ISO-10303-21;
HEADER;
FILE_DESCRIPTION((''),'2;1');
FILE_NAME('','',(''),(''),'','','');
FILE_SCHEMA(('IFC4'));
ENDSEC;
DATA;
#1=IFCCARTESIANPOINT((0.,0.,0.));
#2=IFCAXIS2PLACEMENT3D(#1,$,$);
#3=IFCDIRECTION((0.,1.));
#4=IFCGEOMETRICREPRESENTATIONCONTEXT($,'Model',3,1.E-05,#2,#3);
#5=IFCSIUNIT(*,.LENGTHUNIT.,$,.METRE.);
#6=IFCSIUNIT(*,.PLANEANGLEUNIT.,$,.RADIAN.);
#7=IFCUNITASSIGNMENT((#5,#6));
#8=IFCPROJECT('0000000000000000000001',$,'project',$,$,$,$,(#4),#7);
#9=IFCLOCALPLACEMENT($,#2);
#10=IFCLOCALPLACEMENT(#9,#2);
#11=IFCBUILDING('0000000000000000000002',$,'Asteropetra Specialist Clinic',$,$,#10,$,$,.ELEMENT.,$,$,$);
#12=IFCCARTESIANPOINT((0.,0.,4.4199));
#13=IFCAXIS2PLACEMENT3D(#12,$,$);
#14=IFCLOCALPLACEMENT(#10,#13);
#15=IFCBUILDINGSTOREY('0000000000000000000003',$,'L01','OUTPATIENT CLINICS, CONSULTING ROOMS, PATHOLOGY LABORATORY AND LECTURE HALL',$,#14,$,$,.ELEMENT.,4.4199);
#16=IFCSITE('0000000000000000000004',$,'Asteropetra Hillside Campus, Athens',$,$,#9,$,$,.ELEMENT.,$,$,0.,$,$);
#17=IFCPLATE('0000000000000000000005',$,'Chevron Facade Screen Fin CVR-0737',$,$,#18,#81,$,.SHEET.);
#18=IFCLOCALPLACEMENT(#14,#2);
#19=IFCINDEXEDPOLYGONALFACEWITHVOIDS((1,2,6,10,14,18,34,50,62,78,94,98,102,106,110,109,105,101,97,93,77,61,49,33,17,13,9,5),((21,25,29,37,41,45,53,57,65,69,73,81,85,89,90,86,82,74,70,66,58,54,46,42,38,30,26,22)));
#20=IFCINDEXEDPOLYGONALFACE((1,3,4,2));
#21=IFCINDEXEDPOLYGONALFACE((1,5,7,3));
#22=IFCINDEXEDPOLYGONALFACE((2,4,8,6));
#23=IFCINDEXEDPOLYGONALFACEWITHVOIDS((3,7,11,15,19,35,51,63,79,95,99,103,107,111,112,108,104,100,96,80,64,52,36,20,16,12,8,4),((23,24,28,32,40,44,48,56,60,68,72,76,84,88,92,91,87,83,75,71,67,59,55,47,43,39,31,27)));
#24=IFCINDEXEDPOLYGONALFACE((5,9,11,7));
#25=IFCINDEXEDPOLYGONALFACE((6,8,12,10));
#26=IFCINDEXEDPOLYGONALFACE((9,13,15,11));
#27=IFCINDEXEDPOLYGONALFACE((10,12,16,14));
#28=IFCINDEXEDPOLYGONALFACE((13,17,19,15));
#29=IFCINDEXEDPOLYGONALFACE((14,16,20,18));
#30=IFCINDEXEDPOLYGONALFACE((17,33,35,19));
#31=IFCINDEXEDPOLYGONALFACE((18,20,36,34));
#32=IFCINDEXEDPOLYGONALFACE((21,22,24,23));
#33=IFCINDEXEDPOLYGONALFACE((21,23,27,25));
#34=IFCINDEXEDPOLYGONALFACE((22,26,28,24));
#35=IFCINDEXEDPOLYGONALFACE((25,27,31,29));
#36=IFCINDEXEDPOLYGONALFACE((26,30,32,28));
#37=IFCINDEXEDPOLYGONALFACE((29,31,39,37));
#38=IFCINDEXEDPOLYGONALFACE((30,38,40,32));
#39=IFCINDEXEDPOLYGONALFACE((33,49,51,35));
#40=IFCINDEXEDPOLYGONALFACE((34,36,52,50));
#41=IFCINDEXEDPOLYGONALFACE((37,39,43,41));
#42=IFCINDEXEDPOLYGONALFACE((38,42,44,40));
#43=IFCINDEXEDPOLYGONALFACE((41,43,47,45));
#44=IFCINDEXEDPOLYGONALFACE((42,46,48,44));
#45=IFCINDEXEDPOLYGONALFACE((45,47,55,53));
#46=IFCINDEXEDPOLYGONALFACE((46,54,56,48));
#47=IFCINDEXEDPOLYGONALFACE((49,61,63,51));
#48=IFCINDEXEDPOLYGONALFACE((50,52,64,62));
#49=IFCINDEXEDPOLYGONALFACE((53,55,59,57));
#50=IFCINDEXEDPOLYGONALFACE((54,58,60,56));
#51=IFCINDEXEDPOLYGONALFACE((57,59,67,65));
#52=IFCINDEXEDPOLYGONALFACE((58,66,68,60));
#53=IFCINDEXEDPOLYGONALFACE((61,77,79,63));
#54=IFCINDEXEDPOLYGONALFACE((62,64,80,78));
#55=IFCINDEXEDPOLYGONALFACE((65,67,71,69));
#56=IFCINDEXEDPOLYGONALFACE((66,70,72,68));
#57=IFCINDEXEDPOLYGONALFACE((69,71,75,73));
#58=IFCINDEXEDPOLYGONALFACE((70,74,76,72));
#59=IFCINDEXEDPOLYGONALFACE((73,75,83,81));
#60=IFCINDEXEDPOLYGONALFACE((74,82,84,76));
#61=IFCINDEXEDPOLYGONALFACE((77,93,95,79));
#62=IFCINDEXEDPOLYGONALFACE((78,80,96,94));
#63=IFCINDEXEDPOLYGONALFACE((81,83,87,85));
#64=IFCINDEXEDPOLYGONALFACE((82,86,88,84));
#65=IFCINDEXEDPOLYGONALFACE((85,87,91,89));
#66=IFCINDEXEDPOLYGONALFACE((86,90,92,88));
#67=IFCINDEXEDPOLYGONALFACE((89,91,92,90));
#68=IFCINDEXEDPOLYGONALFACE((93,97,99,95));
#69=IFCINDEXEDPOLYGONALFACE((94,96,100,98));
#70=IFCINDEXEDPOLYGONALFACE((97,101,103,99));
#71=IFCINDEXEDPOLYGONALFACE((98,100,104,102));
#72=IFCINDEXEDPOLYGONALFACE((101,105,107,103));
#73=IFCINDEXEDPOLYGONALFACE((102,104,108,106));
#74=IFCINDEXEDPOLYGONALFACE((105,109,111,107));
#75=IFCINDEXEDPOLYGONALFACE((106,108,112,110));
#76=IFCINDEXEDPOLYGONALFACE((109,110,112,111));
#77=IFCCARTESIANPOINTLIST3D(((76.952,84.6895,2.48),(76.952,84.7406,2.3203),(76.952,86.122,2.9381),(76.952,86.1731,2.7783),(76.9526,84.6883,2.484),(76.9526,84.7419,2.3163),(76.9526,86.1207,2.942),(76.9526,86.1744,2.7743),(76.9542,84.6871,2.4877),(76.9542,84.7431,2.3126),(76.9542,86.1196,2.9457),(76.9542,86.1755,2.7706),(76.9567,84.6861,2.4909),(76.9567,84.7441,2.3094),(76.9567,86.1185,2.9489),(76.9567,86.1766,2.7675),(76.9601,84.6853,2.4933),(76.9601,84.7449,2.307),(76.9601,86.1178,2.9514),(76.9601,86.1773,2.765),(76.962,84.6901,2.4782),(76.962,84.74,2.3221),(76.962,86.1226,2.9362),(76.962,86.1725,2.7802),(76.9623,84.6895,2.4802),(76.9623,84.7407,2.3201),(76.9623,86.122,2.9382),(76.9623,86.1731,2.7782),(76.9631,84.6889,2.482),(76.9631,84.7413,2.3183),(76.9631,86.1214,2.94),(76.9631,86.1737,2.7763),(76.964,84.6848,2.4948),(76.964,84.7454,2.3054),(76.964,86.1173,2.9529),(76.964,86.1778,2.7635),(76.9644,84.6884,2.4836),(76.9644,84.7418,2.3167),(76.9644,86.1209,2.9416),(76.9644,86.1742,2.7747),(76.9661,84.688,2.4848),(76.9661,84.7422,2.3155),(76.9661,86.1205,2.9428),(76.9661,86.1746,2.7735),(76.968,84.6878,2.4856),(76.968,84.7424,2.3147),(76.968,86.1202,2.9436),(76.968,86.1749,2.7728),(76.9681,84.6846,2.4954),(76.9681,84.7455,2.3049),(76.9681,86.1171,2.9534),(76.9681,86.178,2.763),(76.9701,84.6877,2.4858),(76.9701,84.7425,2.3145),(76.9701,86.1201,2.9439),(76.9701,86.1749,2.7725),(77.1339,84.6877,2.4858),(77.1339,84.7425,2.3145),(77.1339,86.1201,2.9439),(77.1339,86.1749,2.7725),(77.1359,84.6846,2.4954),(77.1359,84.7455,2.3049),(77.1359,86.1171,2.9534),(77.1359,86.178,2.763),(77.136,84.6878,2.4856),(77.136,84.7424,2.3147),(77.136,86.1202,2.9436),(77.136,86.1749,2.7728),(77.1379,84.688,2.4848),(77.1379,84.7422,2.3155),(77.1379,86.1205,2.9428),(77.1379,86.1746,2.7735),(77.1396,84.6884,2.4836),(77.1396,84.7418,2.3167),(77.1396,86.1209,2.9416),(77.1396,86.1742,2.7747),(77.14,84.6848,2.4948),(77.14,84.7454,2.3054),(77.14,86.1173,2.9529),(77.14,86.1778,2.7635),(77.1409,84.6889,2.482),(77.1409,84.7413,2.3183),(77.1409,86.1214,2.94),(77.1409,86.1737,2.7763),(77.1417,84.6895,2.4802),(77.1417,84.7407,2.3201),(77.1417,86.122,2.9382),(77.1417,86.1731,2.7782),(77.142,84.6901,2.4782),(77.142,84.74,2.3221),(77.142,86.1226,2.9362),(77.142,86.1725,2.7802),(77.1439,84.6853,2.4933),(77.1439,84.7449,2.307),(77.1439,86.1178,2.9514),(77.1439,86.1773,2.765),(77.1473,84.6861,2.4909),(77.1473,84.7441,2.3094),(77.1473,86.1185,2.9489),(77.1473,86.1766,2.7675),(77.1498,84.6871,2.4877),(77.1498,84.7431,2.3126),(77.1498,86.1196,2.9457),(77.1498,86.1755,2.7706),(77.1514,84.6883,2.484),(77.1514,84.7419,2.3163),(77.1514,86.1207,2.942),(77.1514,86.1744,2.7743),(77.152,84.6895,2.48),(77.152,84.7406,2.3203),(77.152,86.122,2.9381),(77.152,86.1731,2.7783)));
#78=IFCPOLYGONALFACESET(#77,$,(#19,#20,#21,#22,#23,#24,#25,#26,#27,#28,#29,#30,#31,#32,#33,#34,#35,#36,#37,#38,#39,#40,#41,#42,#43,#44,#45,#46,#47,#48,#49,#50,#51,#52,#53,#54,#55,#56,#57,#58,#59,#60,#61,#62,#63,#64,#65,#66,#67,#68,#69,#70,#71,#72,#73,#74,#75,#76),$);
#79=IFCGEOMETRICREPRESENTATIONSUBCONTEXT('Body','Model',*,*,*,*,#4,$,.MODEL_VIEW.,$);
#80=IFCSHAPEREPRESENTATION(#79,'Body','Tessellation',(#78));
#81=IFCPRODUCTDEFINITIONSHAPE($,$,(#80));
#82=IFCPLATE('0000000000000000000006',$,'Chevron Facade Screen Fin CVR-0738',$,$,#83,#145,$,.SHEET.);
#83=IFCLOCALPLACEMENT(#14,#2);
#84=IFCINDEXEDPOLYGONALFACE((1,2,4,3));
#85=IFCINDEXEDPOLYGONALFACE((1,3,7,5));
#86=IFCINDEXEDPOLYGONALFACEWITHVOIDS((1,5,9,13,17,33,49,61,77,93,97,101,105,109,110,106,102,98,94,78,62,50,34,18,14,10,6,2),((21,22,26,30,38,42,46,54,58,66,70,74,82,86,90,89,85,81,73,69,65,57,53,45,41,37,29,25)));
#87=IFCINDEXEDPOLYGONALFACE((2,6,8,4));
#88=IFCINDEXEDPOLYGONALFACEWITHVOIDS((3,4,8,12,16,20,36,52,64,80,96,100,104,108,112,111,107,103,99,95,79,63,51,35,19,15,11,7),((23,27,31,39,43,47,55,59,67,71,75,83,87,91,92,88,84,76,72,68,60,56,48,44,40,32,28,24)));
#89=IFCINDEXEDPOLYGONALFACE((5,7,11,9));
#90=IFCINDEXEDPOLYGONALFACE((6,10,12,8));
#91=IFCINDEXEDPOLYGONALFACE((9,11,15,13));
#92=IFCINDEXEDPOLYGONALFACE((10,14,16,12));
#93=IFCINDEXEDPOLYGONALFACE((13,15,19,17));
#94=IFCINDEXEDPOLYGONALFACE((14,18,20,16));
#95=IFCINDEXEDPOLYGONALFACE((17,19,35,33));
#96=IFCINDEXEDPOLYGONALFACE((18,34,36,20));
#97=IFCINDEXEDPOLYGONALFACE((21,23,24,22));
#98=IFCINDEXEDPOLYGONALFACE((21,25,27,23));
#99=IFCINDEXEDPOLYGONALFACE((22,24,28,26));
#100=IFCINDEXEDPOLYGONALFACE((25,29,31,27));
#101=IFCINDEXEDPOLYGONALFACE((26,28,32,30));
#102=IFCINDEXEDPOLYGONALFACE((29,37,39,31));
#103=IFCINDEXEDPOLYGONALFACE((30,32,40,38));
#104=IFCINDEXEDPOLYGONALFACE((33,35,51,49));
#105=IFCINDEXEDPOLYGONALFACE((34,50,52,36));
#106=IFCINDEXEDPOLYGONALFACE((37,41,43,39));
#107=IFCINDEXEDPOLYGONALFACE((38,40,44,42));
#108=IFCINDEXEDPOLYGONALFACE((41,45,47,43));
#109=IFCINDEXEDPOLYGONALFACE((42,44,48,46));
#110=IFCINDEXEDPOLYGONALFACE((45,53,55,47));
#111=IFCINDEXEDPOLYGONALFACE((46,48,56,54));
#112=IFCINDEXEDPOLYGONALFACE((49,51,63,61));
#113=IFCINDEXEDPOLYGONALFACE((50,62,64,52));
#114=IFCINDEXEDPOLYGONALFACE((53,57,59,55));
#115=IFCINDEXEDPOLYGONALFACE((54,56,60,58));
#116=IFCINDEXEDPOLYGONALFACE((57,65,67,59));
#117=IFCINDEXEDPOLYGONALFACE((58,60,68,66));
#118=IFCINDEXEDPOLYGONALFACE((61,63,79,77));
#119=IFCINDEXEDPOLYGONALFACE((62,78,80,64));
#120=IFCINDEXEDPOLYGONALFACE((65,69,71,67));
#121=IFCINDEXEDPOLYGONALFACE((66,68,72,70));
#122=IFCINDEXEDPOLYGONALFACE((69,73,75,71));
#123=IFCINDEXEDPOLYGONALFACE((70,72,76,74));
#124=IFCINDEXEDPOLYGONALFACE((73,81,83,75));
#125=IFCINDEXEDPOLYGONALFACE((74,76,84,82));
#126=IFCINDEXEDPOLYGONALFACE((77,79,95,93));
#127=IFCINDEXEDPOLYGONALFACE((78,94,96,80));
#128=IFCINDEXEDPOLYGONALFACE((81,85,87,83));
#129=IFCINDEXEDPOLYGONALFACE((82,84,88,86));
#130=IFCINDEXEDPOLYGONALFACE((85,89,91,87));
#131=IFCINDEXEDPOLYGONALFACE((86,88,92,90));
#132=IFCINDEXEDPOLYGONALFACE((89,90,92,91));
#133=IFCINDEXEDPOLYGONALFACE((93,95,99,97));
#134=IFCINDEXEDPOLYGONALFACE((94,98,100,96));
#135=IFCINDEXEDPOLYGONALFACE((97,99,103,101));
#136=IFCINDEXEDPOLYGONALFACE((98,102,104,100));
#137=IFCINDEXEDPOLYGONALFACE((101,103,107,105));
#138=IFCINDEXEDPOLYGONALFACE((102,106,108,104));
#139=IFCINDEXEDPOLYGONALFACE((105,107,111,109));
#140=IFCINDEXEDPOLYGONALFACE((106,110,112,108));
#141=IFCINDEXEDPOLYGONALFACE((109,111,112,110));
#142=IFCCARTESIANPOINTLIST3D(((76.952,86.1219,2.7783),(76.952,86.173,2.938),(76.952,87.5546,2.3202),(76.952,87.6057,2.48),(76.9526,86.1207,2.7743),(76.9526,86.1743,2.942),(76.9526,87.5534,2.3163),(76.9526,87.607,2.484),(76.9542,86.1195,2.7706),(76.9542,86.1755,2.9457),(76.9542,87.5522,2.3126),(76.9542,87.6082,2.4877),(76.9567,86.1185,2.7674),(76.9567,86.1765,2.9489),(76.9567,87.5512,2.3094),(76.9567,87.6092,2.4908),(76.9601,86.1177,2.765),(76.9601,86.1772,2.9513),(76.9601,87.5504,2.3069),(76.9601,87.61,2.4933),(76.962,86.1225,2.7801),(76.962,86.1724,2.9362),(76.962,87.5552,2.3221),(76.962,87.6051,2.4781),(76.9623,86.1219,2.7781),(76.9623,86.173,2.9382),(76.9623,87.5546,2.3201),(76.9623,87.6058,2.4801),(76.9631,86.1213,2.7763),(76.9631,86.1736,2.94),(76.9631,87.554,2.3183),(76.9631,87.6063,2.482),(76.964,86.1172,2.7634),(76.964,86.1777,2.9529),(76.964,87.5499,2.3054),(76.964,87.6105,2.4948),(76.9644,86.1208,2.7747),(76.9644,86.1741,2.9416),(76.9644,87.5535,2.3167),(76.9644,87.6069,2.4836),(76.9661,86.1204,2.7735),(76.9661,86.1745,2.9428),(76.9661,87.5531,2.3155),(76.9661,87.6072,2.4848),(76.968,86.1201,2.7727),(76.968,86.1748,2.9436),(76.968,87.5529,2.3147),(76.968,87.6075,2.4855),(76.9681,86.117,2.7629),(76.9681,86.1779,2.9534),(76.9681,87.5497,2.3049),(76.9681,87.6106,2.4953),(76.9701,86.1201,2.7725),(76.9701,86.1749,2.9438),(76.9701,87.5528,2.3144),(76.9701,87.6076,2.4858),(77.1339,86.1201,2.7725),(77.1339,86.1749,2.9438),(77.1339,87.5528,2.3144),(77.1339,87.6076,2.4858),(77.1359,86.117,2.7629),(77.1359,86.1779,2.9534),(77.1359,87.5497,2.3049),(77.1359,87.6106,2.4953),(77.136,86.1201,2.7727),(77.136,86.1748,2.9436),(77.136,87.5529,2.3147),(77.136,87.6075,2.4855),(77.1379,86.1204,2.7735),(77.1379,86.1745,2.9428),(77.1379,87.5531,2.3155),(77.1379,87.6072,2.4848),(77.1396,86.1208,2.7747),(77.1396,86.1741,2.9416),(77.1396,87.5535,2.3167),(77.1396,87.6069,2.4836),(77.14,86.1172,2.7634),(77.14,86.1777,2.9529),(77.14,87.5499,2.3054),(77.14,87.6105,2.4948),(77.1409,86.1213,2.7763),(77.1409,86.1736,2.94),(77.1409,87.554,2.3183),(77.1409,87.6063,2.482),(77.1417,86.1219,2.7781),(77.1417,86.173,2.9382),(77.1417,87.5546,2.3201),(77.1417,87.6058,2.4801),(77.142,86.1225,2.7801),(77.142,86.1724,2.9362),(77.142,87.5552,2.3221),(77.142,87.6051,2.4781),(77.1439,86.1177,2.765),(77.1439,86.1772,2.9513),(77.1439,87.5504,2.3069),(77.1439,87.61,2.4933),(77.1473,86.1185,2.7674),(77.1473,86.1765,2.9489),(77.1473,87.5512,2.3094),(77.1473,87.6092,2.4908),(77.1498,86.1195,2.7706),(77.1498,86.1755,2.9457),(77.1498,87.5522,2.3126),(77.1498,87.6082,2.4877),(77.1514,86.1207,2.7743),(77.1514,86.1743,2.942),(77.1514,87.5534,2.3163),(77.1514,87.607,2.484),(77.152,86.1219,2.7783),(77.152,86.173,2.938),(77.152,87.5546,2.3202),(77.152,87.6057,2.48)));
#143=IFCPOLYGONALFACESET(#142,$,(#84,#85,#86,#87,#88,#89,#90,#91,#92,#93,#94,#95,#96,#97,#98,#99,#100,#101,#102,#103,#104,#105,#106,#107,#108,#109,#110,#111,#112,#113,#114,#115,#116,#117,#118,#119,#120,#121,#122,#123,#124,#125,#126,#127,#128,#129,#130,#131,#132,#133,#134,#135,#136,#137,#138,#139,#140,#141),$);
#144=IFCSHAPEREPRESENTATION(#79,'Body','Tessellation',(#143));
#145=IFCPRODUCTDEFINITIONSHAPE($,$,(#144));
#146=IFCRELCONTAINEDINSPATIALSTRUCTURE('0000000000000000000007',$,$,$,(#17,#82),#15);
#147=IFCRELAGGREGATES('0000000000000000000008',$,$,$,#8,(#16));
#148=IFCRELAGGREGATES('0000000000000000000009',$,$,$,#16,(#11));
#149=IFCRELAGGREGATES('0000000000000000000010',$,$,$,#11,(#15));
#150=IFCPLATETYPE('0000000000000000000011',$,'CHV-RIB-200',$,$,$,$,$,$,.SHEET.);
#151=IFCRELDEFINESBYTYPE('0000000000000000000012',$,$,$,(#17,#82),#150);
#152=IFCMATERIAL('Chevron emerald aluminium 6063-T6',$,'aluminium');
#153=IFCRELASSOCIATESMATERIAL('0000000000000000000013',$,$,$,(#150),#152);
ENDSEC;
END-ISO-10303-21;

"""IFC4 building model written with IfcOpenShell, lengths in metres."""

from ifc_helpers import new_model, si_unit, direction, frame, origin, origin_2d, place, context, subcontext, project, spatial, hollow_rectangle, extrude, material, material_profile, profile_set, type_object, element, save


model = new_model("IFC4")

# Units and contexts
model_context = context("Model", 3, precision=1e-05, world=origin(), true_north=direction((0.0, 1.0)))
body_context = subcontext(model_context, "Body", "Model", "MODEL_VIEW")
ifc_project = project(units=[si_unit("LENGTHUNIT", "METRE"), si_unit("PLANEANGLEUNIT", "RADIAN")], contexts=[model_context])

# Site, building, storey
site_placement = place(None, origin())
site = spatial("IfcSite", under=ifc_project, at=site_placement, Name="Asteropetra Hillside Campus, Athens", CompositionType="ELEMENT", RefElevation=0.0)
building_placement = place(site_placement, origin())
building = spatial("IfcBuilding", under=site, at=building_placement, Name="Asteropetra Specialist Clinic", CompositionType="ELEMENT")
storey_placement = place(building_placement, frame((0.0, 0.0, 4.4199)))
storey = spatial("IfcBuildingStorey", under=building, at=storey_placement, Name="L01", Description="OUTPATIENT CLINICS, CONSULTING ROOMS, PATHOLOGY LABORATORY AND LECTURE HALL", CompositionType="ELEMENT", Elevation=4.4199)

# Plates
ifc_material_1 = material(Name="Chevron emerald aluminium 6063-T6", Category="aluminium")
ifc_material_profile_1 = material_profile(ifc_material_1, hollow_rectangle(XDim=0.2, YDim=0.2, WallThickness=0.01, InnerFilletRadius=0.0081, OuterFilletRadius=0.0161, at=origin_2d()), Name="SHS 200x200x10.0")
ifc_profile_set_1 = profile_set([ifc_material_profile_1], Name="Chevron emerald aluminium 6063-T6")
plate_type_1 = type_object("IfcPlateType", Name="CHV-RIB-200", PredefinedType="SHEET", material=ifc_profile_set_1)
plate_1_placement = place(storey_placement, frame((77.052, 84.7151, 2.4001), z_axis=(0.0, 0.952492, 0.304564), x_axis=(-1.0, 0.0, 0.0)))
element("IfcPlate", 1, at=plate_1_placement, inside=storey, type_object=plate_type_1, Name="Chevron Facade Screen Fin CVR-0737", PredefinedType="SHEET", context=body_context, shape_type="SweptSolid", body=[
    extrude(hollow_rectangle(XDim=0.2, YDim=0.2, WallThickness=0.01, InnerFilletRadius=0.0081, OuterFilletRadius=0.0161, at=origin_2d()), origin(), (0.0, 0.0, 1.0), 1.5039),
])
plate_2_placement = place(storey_placement, frame((77.052, 86.1475, 2.8582), z_axis=(0.0, 0.952507, -0.304517), x_axis=(-1.0, 0.0, 0.0)))
element("IfcPlate", 2, at=plate_2_placement, inside=storey, type_object=plate_type_1, Name="Chevron Facade Screen Fin CVR-0738", PredefinedType="SHEET", context=body_context, shape_type="SweptSolid", body=[
    extrude(hollow_rectangle(XDim=0.2, YDim=0.2, WallThickness=0.01, InnerFilletRadius=0.0081, OuterFilletRadius=0.0161, at=origin_2d()), origin(), (0.0, 0.0, 1.0), 1.5042),
])

save(model, "model.ifc")
